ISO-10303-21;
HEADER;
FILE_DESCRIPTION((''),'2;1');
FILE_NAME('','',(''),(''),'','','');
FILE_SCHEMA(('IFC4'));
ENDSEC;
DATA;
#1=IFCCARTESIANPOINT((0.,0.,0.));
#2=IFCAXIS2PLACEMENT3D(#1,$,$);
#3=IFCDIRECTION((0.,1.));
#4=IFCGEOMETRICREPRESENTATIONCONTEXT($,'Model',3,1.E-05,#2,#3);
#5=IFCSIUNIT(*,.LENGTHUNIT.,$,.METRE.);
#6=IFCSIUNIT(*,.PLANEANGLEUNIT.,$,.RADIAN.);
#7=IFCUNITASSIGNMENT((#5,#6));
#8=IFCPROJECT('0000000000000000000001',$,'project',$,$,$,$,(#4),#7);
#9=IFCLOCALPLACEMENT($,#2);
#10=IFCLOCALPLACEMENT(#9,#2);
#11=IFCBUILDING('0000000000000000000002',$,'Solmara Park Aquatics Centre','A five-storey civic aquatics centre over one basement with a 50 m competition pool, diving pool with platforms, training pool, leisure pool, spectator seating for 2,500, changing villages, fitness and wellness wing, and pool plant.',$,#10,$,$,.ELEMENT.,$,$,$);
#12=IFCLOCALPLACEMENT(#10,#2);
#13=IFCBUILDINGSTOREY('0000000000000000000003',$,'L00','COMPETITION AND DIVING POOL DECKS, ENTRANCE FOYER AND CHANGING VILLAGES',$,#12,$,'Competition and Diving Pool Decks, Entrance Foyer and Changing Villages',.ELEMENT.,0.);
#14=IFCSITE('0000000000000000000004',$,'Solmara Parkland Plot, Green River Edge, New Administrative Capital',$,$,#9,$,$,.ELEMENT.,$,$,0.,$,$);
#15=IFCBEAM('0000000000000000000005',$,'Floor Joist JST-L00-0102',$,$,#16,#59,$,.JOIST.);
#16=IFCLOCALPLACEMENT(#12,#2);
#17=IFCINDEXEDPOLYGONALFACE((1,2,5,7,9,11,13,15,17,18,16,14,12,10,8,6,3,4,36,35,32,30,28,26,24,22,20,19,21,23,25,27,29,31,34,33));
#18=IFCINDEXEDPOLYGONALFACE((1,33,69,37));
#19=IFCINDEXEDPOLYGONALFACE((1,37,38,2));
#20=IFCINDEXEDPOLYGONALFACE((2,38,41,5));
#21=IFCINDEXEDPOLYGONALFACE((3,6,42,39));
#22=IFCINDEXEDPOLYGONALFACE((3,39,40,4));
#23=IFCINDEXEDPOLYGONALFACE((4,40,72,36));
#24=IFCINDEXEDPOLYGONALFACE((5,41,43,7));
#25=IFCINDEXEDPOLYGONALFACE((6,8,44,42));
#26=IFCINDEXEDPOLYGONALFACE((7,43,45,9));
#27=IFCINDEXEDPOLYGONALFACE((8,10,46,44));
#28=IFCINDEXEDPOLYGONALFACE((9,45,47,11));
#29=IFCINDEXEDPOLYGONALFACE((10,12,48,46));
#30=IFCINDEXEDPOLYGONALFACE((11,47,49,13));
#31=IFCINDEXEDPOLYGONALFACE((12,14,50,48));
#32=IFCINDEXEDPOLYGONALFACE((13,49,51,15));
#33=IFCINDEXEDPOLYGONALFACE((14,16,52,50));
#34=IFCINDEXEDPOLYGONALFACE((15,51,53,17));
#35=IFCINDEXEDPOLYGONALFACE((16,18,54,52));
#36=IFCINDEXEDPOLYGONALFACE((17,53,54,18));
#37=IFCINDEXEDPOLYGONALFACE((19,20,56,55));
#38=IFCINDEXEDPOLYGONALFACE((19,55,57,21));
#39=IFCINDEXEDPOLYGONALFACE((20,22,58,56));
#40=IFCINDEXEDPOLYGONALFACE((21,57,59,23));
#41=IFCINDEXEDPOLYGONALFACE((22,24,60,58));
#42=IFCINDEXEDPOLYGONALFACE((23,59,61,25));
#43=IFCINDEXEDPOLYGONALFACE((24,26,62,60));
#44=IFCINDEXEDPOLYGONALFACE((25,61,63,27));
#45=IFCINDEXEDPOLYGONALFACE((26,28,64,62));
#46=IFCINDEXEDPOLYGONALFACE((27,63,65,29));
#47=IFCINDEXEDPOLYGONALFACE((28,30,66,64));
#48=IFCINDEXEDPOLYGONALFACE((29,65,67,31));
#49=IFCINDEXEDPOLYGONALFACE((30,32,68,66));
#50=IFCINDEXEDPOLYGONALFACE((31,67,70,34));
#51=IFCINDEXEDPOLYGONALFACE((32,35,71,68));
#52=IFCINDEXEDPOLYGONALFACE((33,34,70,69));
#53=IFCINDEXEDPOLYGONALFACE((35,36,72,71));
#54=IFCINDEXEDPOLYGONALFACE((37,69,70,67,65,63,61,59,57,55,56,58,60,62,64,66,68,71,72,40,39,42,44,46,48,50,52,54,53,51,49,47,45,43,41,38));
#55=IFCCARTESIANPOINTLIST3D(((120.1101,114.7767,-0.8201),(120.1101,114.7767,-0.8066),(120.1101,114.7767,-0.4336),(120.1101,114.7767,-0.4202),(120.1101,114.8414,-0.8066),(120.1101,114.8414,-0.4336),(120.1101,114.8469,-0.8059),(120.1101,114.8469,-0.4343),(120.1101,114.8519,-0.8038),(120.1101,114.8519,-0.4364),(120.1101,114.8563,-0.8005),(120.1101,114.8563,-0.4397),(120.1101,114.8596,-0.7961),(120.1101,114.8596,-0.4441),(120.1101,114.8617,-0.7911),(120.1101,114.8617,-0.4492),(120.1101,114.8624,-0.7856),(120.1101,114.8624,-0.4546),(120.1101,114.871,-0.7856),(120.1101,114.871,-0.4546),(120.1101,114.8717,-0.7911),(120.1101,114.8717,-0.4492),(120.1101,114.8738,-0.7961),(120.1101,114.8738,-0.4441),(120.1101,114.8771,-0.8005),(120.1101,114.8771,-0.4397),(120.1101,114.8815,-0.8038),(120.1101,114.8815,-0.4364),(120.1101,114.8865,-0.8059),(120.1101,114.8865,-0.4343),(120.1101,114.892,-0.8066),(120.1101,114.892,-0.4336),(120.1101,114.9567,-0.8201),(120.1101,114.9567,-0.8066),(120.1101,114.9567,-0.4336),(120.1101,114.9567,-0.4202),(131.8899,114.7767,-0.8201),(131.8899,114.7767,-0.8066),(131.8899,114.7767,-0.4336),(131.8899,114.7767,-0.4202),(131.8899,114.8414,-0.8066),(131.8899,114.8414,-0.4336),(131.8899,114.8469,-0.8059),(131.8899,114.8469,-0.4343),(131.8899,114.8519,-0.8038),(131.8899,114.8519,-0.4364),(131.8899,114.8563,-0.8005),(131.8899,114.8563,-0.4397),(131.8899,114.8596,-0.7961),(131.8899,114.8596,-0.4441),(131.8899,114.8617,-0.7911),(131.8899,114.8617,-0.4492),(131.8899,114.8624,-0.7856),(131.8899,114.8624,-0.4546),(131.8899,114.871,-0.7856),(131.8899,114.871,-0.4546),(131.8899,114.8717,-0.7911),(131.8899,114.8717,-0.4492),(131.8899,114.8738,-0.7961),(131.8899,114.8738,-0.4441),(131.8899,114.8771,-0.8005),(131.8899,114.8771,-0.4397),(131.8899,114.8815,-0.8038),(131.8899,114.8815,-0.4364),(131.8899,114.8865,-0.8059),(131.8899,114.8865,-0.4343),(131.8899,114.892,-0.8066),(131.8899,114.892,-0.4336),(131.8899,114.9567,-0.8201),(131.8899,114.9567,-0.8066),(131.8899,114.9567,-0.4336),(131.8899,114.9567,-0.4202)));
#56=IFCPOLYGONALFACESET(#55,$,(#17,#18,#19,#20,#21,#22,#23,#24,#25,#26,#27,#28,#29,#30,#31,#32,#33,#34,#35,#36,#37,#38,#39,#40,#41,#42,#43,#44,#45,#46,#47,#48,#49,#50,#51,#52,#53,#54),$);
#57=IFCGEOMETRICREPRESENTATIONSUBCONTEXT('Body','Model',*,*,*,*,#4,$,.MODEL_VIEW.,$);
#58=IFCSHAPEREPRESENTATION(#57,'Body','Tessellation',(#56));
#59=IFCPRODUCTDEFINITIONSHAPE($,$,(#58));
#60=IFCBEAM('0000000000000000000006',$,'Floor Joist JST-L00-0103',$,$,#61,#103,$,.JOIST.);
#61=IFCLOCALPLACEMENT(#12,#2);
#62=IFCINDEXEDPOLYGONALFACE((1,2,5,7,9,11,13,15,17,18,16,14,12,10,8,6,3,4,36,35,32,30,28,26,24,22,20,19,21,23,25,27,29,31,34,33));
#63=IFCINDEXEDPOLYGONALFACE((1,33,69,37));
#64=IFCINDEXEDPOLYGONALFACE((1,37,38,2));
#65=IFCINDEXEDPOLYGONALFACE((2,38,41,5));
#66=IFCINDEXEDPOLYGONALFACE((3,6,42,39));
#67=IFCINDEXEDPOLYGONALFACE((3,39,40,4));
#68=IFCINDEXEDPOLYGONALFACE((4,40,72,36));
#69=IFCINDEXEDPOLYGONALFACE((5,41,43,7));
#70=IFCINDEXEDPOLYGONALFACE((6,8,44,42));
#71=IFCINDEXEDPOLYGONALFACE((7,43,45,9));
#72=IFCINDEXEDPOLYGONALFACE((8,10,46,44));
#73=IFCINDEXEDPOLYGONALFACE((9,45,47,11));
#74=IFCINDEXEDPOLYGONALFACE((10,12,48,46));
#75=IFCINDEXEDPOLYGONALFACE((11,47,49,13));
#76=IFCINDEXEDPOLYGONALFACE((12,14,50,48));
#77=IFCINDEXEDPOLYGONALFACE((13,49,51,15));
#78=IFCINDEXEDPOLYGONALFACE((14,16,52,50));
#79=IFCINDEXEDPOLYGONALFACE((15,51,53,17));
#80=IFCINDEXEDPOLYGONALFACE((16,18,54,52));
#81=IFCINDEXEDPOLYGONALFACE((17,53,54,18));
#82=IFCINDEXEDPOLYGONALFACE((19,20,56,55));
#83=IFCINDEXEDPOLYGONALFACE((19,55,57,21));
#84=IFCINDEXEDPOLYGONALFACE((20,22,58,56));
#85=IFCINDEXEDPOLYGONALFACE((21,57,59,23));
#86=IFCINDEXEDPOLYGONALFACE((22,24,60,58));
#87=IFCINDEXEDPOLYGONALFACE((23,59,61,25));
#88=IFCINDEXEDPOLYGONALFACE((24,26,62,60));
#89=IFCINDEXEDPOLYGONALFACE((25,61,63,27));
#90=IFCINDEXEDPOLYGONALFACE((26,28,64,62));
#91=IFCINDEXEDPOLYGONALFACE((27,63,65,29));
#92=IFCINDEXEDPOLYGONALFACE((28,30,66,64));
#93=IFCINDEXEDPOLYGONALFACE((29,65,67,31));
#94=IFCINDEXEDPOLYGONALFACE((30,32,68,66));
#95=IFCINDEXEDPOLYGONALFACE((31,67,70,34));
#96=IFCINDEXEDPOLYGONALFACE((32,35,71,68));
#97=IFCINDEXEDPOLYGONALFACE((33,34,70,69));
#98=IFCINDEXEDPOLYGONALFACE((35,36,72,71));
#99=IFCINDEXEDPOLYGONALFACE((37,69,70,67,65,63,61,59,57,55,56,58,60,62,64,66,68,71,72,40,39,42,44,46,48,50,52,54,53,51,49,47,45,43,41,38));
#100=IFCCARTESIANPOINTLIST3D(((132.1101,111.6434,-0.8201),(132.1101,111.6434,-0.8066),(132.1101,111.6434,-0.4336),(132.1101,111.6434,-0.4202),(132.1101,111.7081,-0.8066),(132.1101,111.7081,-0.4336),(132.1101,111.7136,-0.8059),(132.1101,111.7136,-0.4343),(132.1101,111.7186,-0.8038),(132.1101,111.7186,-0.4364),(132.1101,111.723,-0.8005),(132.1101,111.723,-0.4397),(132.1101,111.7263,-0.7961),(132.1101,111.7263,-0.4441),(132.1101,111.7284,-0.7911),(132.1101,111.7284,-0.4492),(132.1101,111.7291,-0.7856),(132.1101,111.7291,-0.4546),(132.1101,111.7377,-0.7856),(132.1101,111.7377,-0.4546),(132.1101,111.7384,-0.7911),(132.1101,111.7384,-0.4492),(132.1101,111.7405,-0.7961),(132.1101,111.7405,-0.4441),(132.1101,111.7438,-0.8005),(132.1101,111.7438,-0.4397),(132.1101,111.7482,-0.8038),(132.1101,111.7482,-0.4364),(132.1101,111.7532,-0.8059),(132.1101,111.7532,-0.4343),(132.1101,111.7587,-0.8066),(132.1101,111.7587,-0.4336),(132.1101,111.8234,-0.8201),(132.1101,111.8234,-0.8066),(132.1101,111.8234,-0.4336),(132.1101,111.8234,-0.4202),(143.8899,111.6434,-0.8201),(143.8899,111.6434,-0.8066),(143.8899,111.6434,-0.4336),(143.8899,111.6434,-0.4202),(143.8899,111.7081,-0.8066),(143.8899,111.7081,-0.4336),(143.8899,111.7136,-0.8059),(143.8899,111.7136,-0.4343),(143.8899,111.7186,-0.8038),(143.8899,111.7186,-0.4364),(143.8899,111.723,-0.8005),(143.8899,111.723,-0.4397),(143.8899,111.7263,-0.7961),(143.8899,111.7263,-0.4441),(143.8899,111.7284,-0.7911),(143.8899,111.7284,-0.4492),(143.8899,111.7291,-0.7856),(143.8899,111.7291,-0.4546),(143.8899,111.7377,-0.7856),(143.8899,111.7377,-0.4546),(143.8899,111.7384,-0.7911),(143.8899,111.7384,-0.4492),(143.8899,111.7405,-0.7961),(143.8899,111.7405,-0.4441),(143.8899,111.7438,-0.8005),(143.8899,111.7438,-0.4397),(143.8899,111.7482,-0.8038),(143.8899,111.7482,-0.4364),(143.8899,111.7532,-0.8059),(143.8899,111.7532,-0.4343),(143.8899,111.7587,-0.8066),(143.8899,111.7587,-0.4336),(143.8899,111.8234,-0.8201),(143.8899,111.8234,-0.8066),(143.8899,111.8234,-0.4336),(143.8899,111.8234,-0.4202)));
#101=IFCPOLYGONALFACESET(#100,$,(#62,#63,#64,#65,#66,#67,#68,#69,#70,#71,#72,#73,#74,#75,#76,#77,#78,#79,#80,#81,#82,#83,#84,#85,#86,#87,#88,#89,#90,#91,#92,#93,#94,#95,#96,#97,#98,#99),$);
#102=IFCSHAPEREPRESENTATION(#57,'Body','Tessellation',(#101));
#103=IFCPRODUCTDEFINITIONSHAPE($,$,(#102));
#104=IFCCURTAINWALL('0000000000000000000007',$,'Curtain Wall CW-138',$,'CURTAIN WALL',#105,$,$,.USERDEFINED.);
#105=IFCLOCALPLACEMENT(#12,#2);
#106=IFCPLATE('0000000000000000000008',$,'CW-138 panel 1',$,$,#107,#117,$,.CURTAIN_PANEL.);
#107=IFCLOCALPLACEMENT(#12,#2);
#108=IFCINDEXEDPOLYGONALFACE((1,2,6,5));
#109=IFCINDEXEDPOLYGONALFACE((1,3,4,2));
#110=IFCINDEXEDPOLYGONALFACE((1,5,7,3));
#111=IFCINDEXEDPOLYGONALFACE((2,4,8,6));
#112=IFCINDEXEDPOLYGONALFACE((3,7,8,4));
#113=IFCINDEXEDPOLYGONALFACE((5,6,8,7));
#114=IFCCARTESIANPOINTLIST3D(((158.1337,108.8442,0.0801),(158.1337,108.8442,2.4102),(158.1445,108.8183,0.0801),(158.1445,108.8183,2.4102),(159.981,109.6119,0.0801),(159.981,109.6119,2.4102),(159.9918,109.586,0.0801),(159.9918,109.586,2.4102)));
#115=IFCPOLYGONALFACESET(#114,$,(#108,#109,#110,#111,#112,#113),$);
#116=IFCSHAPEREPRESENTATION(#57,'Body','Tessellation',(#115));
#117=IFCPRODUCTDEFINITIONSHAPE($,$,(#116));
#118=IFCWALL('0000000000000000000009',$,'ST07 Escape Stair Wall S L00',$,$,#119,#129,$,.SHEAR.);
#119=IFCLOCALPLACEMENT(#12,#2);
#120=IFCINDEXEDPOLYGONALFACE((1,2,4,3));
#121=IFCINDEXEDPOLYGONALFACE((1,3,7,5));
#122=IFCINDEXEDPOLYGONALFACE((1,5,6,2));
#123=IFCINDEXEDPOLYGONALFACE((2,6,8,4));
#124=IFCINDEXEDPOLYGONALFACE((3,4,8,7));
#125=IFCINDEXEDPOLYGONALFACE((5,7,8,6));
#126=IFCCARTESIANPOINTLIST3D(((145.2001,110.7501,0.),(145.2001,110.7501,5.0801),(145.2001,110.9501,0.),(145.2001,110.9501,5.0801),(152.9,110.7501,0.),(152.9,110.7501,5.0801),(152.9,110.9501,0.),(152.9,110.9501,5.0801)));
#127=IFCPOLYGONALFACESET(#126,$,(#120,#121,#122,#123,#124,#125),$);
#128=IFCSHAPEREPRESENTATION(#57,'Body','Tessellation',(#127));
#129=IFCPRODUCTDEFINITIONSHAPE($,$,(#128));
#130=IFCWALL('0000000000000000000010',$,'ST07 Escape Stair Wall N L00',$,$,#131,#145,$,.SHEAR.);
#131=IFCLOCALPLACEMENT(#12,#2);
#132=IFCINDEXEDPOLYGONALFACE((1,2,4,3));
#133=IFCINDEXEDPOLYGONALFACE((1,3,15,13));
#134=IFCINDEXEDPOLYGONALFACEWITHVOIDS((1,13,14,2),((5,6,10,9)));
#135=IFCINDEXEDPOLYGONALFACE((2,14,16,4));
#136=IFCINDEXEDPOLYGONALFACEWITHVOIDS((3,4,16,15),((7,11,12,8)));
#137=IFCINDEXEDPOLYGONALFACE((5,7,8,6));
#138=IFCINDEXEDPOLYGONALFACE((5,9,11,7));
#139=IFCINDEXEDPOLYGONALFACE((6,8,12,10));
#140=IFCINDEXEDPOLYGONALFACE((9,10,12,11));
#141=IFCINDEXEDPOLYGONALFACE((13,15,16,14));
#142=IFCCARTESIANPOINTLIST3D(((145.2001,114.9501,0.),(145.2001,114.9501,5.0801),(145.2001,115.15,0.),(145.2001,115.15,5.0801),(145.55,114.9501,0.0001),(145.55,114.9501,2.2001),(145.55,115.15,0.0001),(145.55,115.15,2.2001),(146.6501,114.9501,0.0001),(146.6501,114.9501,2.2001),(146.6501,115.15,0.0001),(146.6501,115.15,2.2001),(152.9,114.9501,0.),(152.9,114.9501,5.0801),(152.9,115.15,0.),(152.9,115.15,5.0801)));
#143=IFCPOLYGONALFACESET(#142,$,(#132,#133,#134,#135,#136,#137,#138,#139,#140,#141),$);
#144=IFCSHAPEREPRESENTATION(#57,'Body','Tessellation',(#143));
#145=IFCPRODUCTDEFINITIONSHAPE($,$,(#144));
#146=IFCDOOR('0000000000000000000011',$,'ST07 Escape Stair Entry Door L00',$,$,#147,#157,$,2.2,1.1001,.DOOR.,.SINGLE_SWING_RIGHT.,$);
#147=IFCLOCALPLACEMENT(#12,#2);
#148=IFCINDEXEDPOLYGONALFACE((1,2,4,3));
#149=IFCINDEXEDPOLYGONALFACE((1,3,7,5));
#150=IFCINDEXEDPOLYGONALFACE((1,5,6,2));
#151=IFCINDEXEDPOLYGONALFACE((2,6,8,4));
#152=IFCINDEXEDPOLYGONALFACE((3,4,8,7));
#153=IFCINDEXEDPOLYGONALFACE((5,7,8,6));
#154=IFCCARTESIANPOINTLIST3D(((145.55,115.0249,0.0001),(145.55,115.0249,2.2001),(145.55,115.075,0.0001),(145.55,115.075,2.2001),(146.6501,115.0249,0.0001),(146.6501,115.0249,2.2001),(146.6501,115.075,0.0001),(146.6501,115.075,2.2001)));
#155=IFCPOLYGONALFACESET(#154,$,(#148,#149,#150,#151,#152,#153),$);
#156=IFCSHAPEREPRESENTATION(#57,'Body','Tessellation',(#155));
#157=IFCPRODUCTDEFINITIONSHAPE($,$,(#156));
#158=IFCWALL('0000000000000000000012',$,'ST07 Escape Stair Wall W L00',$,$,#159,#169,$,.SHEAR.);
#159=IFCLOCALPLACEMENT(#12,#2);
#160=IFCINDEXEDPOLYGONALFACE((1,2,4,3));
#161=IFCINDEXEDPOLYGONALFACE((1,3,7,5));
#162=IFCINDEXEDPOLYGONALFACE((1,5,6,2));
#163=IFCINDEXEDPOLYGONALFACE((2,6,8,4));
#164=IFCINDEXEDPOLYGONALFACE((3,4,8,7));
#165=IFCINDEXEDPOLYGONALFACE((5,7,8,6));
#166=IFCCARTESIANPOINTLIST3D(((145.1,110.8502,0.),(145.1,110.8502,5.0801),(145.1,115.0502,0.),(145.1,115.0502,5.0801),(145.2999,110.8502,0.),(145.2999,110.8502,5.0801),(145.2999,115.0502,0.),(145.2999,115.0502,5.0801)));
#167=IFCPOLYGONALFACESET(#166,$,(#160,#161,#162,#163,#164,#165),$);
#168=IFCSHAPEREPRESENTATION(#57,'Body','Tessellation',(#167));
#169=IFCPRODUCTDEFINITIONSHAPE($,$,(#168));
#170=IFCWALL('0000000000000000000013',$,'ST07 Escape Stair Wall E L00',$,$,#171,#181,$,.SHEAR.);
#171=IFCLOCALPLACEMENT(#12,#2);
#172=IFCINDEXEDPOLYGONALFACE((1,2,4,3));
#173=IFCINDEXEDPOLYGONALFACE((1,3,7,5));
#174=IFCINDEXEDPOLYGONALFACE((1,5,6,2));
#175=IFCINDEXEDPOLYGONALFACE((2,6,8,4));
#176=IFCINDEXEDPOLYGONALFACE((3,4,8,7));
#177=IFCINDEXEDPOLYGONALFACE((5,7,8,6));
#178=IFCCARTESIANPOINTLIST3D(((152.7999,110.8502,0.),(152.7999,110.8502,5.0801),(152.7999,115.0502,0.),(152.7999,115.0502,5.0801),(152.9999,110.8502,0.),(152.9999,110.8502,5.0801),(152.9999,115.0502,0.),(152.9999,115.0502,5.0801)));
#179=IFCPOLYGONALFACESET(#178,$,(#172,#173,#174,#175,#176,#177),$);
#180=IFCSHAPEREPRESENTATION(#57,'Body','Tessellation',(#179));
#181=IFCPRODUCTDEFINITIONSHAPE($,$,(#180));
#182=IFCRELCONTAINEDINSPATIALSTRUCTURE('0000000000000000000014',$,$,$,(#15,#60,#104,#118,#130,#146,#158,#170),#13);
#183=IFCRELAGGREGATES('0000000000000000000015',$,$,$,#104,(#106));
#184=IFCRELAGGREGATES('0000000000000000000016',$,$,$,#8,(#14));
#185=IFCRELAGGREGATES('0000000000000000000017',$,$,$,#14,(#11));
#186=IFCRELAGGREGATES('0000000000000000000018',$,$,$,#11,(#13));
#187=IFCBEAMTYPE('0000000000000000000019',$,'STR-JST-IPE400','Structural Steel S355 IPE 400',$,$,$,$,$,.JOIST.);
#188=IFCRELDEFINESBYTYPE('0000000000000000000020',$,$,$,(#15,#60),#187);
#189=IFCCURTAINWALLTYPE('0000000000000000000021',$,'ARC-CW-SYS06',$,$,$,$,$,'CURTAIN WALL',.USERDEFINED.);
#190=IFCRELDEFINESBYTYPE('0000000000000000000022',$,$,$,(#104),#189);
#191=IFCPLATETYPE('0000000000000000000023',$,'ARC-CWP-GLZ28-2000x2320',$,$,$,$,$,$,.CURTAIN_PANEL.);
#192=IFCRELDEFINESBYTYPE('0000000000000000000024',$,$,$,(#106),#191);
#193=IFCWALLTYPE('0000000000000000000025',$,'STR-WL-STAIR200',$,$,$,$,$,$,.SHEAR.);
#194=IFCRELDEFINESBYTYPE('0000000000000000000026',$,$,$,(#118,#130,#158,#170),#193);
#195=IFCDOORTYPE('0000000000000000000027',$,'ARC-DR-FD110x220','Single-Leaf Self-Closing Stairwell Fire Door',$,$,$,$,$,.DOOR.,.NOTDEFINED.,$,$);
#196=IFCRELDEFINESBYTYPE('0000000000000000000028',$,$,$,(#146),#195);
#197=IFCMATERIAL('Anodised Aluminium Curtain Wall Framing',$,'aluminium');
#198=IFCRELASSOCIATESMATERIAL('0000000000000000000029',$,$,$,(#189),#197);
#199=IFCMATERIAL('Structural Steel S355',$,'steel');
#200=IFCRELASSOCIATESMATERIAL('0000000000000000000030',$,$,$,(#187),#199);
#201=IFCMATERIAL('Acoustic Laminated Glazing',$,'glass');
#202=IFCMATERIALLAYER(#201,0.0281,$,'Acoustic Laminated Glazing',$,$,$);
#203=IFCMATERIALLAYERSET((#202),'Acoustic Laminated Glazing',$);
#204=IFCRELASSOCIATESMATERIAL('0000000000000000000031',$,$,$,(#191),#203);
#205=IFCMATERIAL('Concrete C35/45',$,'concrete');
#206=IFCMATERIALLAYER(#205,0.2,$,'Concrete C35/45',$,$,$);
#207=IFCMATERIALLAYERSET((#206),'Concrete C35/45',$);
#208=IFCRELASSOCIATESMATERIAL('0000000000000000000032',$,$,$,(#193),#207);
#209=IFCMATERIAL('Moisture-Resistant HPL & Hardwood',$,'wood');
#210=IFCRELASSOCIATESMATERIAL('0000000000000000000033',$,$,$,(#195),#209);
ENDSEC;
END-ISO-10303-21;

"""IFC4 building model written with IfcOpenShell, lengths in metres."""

from ifc_helpers import new_model, si_unit, direction, frame, frame_2d, origin, origin_2d, place, context, subcontext, project, spatial, rectangle, i_section, extrude, material, layer, layer_set, material_profile, profile_set, type_object, element, fill, aggregate, save


model = new_model("IFC4")

# Units and contexts
model_context = context("Model", 3, precision=1e-05, world=origin(), true_north=direction((0.0, 1.0)))
body_context = subcontext(model_context, "Body", "Model", "MODEL_VIEW")
ifc_project = project(units=[si_unit("LENGTHUNIT", "METRE"), si_unit("PLANEANGLEUNIT", "RADIAN")], contexts=[model_context])

# Site, building, storey
site_placement = place(None, origin())
site = spatial("IfcSite", under=ifc_project, at=site_placement, Name="Solmara Parkland Plot, Green River Edge, New Administrative Capital", CompositionType="ELEMENT", RefElevation=0.0)
building_placement = place(site_placement, origin())
building = spatial("IfcBuilding", under=site, at=building_placement, Name="Solmara Park Aquatics Centre", Description="A five-storey civic aquatics centre over one basement with a 50 m competition pool, diving pool with platforms, training pool, leisure pool, spectator seating for 2,500, changing villages, fitness and wellness wing, and pool plant.", CompositionType="ELEMENT")
storey_placement = place(building_placement, origin())
storey = spatial("IfcBuildingStorey", under=building, at=storey_placement, Name="L00", Description="COMPETITION AND DIVING POOL DECKS, ENTRANCE FOYER AND CHANGING VILLAGES", LongName="Competition and Diving Pool Decks, Entrance Foyer and Changing Villages", CompositionType="ELEMENT", Elevation=0.0)

# Shared definitions
ifc_material_1 = material(Name="Anodised Aluminium Curtain Wall Framing", Category="aluminium")
curtain_wall_type = type_object("IfcCurtainWallType", Name="ARC-CW-SYS06", ElementType="CURTAIN WALL", PredefinedType="USERDEFINED", material=ifc_material_1)

# Beams
ifc_material_2 = material(Name="Structural Steel S355", Category="steel")
ifc_material_profile_1 = material_profile(ifc_material_2, i_section(OverallWidth=0.1799, OverallDepth=0.3999, WebThickness=0.0085, FlangeThickness=0.0134, FilletRadius=0.021, at=origin_2d()), Name="IPE 400")
ifc_profile_set_1 = profile_set([ifc_material_profile_1], Name="Structural Steel S355")
beam_type_1 = type_object("IfcBeamType", Name="STR-JST-IPE400", Description="Structural Steel S355 IPE 400", PredefinedType="JOIST", material=ifc_profile_set_1)
for number, where, z_axis, x_axis, name in (
    (1, (120.1101, 114.8667, -0.6201), (1.0, 0.0, 0.0), (0.0, 1.0, 0.0), "Floor Joist JST-L00-0102"),
    (2, (132.1101, 111.7334, -0.6201), (1.0, 0.0, 0.0), (0.0, 1.0, 0.0), "Floor Joist JST-L00-0103"),
):
    element("IfcBeam", number, at=place(storey_placement, frame(where, z_axis=z_axis, x_axis=x_axis)), inside=storey, type_object=beam_type_1, Name=name, PredefinedType="JOIST", context=body_context, shape_type="SweptSolid", body=[
        extrude(i_section(OverallWidth=0.1799, OverallDepth=0.3999, WebThickness=0.0085, FlangeThickness=0.0134, FilletRadius=0.021, at=origin_2d()), origin(), (0.0, 0.0, 1.0), 11.7798),
    ])

# Curtain wall, plate
curtain_wall_1_placement = place(storey_placement, origin())
curtain_wall_1 = element("IfcCurtainWall", 3, at=curtain_wall_1_placement, inside=storey, type_object=curtain_wall_type, Name="Curtain Wall CW-138", ObjectType="CURTAIN WALL", PredefinedType="USERDEFINED")
ifc_material_3 = material(Name="Acoustic Laminated Glazing", Category="glass")
ifc_layer_1 = layer(ifc_material_3, 0.0281, Name="Acoustic Laminated Glazing")
ifc_layer_set_1 = layer_set([ifc_layer_1], Name="Acoustic Laminated Glazing")
plate_type = type_object("IfcPlateType", Name="ARC-CWP-GLZ28-2000x2320", PredefinedType="CURTAIN_PANEL", material=ifc_layer_set_1)
plate_placement = place(storey_placement, frame((159.0627, 109.2151, 0.0801), z_axis=(0.0, 0.0, 1.0), x_axis=(0.923441, 0.383741, 0.0)))
plate = element("IfcPlate", 4, at=plate_placement, type_object=plate_type, Name="CW-138 panel 1", PredefinedType="CURTAIN_PANEL", context=body_context, shape_type="SweptSolid", body=[
    extrude(rectangle(XDim=2.0005, YDim=0.0281, at=origin_2d()), origin(), (0.0, 0.0, 1.0), 2.3301),
])
aggregate(curtain_wall_1, [plate])

# Wall
ifc_material_4 = material(Name="Concrete C35/45", Category="concrete")
ifc_layer_2 = layer(ifc_material_4, 0.2, Name="Concrete C35/45")
ifc_layer_set_2 = layer_set([ifc_layer_2], Name="Concrete C35/45")
wall_type = type_object("IfcWallType", Name="STR-WL-STAIR200", PredefinedType="SHEAR", material=ifc_layer_set_2)
wall_1_placement = place(storey_placement, frame((145.2, 110.8501, 0.0), z_axis=(0.0, 0.0, 1.0), x_axis=(1.0, 0.0, 0.0)))
element("IfcWall", 5, at=wall_1_placement, inside=storey, type_object=wall_type, Name="ST07 Escape Stair Wall S L00", PredefinedType="SHEAR", context=body_context, shape_type="SweptSolid", body=[
    extrude(rectangle(XDim=7.7, YDim=0.2, at=frame_2d((3.8501, 0.0))), origin(), (0.0, 0.0, 1.0), 5.0801),
])

# Wall, opening, door
wall_2_placement = place(storey_placement, frame((145.2, 115.05, 0.0), z_axis=(0.0, 0.0, 1.0), x_axis=(1.0, 0.0, 0.0)))
wall_2 = element("IfcWall", 6, at=wall_2_placement, inside=storey, type_object=wall_type, Name="ST07 Escape Stair Wall N L00", PredefinedType="SHEAR", context=body_context, shape_type="SweptSolid", body=[
    extrude(rectangle(XDim=7.7, YDim=0.2, at=frame_2d((3.8501, 0.0))), origin(), (0.0, 0.0, 1.0), 5.0801),
])
opening_placement = place(wall_2_placement, frame((0.3501, 0.0, 0.0)))
opening = element("IfcOpeningElement", 7, at=opening_placement, cuts=wall_2, PredefinedType="OPENING", context=body_context, shape_type="SweptSolid", body=[
    extrude(rectangle(XDim=1.1001, YDim=2.2, at=frame_2d((0.55, 1.1001))), frame((0.0, 0.1099, 0.0), z_axis=(0.0, -1.0, 0.0), x_axis=(1.0, 0.0, 0.0)), (0.0, 0.0, 1.0), 0.22),
])
ifc_material_5 = material(Name="Moisture-Resistant HPL & Hardwood", Category="wood")
door_type = type_object("IfcDoorType", Name="ARC-DR-FD110x220", Description="Single-Leaf Self-Closing Stairwell Fire Door", OperationType="NOTDEFINED", PredefinedType="DOOR", material=ifc_material_5)
door_placement = place(opening_placement, origin())
door = element("IfcDoor", 8, at=door_placement, inside=storey, type_object=door_type, Name="ST07 Escape Stair Entry Door L00", OperationType="SINGLE_SWING_RIGHT", OverallHeight=2.2, OverallWidth=1.1001, PredefinedType="DOOR", context=body_context, shape_type="SweptSolid", body=[
    extrude(rectangle(XDim=1.1001, YDim=2.2, at=frame_2d((0.55, 1.1001))), frame((0.0, 0.0249, 0.0), z_axis=(0.0, -1.0, 0.0), x_axis=(1.0, 0.0, 0.0)), (0.0, 0.0, 1.0), 0.05),
])
fill(opening, door)

# Walls
for number, where, z_axis, x_axis, name in (
    (9, (145.2, 110.8501, 0.0), (0.0, 0.0, 1.0), (0.0, 1.0, 0.0), "ST07 Escape Stair Wall W L00"),
    (10, (152.8999, 110.8501, 0.0), (0.0, 0.0, 1.0), (0.0, 1.0, 0.0), "ST07 Escape Stair Wall E L00"),
):
    element("IfcWall", number, at=place(storey_placement, frame(where, z_axis=z_axis, x_axis=x_axis)), inside=storey, type_object=wall_type, Name=name, PredefinedType="SHEAR", context=body_context, shape_type="SweptSolid", body=[
        extrude(rectangle(XDim=4.2, YDim=0.2, at=frame_2d((2.1001, 0.0))), origin(), (0.0, 0.0, 1.0), 5.0801),
    ])

save(model, "model.ifc")
